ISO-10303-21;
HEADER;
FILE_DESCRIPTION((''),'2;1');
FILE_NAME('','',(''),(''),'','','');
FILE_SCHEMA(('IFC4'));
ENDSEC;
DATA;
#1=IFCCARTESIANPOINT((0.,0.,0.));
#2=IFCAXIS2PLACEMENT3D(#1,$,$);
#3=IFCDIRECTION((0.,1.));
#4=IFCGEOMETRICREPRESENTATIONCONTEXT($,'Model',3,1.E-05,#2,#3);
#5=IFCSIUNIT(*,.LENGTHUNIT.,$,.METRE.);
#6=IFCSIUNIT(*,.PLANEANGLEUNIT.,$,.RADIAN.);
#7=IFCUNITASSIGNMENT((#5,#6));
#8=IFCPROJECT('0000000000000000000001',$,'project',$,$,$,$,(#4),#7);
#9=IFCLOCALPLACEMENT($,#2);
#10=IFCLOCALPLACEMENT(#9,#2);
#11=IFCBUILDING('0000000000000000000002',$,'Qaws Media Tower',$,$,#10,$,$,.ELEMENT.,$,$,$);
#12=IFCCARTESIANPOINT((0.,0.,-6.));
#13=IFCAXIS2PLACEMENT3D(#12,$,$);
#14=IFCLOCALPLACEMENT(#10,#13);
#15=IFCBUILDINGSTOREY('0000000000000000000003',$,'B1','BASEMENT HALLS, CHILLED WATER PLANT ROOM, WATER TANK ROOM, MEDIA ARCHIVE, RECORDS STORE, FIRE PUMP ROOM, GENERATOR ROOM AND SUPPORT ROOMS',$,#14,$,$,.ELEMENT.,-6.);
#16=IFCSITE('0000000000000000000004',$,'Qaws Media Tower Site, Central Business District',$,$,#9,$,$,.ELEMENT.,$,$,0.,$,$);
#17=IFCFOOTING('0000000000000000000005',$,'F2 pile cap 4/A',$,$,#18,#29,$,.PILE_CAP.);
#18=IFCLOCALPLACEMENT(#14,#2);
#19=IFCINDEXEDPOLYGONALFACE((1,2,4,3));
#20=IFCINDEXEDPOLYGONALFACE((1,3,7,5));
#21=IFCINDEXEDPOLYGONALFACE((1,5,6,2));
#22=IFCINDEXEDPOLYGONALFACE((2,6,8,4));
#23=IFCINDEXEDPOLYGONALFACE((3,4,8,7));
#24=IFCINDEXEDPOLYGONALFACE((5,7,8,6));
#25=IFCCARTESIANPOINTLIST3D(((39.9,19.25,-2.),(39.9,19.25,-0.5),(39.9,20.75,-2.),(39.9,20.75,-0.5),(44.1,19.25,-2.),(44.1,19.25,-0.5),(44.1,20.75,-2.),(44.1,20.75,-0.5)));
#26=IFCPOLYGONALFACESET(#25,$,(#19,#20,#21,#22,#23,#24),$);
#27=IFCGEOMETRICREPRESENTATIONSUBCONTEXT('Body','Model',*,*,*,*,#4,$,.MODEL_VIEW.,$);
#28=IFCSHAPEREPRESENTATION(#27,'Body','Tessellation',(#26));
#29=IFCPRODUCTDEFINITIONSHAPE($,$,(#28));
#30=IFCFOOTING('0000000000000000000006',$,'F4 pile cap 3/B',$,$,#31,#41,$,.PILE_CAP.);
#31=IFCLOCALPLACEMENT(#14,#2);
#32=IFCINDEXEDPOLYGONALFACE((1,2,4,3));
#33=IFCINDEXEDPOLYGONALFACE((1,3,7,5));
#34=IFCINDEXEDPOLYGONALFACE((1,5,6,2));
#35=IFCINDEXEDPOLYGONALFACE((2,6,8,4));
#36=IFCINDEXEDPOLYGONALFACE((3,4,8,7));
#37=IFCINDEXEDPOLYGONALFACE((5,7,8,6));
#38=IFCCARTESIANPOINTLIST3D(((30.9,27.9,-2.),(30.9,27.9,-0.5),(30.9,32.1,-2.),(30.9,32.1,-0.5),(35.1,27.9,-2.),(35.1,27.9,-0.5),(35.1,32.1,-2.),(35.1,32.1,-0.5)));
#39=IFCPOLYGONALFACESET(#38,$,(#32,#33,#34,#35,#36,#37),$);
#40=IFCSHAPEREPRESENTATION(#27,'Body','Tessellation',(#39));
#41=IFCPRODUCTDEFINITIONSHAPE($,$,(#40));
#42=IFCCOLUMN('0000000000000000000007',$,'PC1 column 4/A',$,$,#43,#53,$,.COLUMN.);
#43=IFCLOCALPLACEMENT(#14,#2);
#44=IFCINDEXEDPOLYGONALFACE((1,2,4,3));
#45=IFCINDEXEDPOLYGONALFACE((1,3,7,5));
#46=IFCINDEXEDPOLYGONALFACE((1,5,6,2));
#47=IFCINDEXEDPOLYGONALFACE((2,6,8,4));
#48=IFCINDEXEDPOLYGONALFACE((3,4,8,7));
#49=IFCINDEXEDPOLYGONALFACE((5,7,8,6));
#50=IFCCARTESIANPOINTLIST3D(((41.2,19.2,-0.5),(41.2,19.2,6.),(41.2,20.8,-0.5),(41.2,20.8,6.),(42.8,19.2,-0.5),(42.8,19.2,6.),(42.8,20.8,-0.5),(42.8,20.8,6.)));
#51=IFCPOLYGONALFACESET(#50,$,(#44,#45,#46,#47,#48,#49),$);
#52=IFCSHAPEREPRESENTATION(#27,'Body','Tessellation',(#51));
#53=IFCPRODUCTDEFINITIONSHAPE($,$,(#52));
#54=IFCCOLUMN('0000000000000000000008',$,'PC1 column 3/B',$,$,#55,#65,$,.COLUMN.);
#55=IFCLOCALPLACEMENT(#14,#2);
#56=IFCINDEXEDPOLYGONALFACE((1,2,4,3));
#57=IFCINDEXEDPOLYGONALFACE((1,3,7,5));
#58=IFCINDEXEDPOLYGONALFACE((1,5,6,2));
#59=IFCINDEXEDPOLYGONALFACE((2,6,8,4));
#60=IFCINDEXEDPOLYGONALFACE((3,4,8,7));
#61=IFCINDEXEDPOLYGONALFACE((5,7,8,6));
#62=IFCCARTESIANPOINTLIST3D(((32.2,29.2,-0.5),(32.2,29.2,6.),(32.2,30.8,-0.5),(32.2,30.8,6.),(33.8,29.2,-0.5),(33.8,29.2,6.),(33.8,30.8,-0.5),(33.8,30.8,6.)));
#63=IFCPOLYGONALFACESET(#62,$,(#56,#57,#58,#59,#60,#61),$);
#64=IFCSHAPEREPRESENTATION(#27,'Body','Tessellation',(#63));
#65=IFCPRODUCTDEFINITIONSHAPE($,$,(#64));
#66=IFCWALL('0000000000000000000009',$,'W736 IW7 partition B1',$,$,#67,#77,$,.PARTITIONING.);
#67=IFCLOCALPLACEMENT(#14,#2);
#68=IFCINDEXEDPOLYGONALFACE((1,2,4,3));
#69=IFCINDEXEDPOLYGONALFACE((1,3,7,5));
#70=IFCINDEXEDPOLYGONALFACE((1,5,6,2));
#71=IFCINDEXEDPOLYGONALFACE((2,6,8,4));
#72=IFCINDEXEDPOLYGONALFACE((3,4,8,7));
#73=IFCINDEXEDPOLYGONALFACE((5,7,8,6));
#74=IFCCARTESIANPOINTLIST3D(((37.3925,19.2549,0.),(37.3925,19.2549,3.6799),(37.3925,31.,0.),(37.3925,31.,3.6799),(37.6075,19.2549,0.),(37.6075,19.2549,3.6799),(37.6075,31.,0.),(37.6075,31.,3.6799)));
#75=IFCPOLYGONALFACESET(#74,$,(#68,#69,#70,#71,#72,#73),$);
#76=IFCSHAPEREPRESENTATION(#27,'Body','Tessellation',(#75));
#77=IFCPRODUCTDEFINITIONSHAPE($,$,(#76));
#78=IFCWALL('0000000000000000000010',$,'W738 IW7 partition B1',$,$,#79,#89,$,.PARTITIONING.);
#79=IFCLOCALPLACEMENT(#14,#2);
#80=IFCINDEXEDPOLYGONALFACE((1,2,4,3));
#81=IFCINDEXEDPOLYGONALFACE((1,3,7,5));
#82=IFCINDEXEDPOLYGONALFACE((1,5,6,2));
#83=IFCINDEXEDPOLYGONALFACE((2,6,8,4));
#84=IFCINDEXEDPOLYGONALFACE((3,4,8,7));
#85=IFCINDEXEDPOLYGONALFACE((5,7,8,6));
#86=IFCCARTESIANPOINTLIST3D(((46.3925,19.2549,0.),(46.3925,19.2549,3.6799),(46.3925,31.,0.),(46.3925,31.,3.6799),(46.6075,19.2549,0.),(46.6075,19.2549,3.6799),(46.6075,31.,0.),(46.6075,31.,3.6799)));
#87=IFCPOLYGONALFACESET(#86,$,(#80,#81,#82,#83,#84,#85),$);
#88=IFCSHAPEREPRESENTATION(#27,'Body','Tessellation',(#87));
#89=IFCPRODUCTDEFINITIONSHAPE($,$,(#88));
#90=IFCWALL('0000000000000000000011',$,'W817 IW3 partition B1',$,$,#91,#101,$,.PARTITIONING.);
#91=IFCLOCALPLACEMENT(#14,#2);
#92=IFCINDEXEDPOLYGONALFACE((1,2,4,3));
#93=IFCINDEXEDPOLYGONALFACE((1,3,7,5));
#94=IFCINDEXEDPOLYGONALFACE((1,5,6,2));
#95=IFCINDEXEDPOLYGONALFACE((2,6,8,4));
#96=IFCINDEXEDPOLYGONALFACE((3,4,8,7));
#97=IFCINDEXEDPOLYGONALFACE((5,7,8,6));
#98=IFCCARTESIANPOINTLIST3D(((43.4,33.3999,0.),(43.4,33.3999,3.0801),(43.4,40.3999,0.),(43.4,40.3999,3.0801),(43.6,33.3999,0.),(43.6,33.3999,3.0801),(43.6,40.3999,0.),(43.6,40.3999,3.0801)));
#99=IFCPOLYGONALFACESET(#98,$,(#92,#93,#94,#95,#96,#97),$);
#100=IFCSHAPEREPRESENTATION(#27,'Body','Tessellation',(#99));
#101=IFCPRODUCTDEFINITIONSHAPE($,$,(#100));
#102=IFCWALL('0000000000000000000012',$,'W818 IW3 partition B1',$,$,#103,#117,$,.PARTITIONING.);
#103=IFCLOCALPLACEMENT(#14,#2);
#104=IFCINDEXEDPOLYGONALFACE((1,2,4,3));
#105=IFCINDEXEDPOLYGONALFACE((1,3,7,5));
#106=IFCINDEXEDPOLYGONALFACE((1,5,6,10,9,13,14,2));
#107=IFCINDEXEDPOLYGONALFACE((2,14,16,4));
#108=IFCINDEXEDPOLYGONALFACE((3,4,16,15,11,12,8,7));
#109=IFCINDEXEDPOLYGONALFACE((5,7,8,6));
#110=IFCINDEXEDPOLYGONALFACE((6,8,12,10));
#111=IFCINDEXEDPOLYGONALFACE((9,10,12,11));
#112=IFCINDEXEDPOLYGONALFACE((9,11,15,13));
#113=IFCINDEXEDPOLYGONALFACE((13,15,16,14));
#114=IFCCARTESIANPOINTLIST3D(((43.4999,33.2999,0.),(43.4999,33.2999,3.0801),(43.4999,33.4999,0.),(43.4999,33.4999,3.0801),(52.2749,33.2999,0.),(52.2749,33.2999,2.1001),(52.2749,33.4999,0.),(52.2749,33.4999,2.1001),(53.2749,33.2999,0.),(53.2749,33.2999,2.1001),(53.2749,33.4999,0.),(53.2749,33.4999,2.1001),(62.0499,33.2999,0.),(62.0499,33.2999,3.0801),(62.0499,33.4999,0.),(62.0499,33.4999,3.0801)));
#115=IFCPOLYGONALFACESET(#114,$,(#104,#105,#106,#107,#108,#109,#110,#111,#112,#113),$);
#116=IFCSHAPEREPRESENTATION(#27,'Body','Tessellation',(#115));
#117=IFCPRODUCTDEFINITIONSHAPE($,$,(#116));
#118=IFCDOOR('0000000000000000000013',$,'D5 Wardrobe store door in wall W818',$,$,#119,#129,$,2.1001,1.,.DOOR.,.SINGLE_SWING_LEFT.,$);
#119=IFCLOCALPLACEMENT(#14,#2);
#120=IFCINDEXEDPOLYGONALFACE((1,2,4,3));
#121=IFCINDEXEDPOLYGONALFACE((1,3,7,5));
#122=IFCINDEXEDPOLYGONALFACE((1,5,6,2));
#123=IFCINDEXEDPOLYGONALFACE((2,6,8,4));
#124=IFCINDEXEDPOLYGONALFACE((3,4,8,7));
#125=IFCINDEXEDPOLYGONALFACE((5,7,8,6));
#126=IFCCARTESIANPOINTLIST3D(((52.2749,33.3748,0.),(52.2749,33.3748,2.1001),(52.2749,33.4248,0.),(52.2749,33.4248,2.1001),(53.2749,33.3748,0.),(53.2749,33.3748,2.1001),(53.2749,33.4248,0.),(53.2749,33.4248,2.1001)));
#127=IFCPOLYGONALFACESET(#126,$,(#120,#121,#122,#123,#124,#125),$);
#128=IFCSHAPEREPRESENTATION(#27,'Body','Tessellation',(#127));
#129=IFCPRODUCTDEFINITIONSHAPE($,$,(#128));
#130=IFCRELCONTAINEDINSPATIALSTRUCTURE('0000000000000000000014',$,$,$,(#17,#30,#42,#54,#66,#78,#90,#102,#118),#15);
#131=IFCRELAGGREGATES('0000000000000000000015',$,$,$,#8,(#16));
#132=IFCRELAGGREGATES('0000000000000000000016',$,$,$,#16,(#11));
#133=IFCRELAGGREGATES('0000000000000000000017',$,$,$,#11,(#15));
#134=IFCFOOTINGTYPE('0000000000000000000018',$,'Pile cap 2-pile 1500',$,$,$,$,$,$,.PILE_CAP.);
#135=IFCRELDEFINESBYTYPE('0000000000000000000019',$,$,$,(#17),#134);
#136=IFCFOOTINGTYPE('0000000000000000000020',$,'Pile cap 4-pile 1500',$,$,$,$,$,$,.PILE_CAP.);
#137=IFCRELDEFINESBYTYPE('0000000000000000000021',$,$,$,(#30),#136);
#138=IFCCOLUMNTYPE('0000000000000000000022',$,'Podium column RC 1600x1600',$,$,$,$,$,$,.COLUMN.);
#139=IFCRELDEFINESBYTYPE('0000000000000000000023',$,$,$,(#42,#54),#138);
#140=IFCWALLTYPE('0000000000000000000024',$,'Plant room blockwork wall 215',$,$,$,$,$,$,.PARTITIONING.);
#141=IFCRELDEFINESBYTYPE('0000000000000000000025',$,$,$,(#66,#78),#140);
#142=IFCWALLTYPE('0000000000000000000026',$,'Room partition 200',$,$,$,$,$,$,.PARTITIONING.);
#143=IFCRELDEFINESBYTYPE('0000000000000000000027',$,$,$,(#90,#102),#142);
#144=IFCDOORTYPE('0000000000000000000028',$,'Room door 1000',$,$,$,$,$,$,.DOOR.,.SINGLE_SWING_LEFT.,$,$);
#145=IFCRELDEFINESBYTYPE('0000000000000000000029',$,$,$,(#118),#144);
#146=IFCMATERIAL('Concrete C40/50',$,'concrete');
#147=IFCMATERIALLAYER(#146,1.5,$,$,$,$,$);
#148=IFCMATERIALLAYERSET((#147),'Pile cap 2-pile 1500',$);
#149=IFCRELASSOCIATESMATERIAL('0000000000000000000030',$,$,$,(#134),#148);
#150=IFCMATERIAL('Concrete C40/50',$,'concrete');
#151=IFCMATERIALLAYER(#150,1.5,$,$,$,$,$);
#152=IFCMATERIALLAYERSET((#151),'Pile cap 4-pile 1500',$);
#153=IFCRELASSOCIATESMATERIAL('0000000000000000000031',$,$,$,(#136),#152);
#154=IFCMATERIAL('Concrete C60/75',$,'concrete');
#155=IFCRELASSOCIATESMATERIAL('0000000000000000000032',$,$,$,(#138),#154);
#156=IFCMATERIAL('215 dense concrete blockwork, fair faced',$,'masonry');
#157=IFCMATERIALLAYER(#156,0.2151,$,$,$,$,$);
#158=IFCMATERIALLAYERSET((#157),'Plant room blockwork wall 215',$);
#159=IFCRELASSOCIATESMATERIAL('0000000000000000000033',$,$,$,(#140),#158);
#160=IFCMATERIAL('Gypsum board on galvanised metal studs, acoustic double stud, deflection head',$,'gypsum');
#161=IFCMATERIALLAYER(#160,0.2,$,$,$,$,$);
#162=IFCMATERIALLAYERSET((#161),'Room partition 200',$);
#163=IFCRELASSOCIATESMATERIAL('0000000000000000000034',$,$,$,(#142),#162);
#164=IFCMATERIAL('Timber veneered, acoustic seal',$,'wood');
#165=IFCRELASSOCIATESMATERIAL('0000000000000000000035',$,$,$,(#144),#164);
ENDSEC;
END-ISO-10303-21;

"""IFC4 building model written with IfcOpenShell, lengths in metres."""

from ifc_helpers import new_model, si_unit, direction, frame, frame_2d, origin, origin_2d, place, context, subcontext, project, spatial, rectangle, extrude, material, layer, layer_set, material_profile, profile_set, type_object, element, fill, save


model = new_model("IFC4")

# Units and contexts
model_context = context("Model", 3, precision=1e-05, world=origin(), true_north=direction((0.0, 1.0)))
body_context = subcontext(model_context, "Body", "Model", "MODEL_VIEW")
ifc_project = project(units=[si_unit("LENGTHUNIT", "METRE"), si_unit("PLANEANGLEUNIT", "RADIAN")], contexts=[model_context])

# Site, building, storey
site_placement = place(None, origin())
site = spatial("IfcSite", under=ifc_project, at=site_placement, Name="Qaws Media Tower Site, Central Business District", CompositionType="ELEMENT", RefElevation=0.0)
building_placement = place(site_placement, origin())
building = spatial("IfcBuilding", under=site, at=building_placement, Name="Qaws Media Tower", CompositionType="ELEMENT")
storey_placement = place(building_placement, frame((0.0, 0.0, -6.0)))
storey = spatial("IfcBuildingStorey", under=building, at=storey_placement, Name="B1", Description="BASEMENT HALLS, CHILLED WATER PLANT ROOM, WATER TANK ROOM, MEDIA ARCHIVE, RECORDS STORE, FIRE PUMP ROOM, GENERATOR ROOM AND SUPPORT ROOMS", CompositionType="ELEMENT", Elevation=-6.0)

# Footings
ifc_material_1 = material(Name="Concrete C40/50", Category="concrete")
ifc_layer_1 = layer(ifc_material_1, 1.5)
ifc_layer_set_1 = layer_set([ifc_layer_1], Name="Pile cap 2-pile 1500")
footing_type_1 = type_object("IfcFootingType", Name="Pile cap 2-pile 1500", PredefinedType="PILE_CAP", material=ifc_layer_set_1)
footing_1_placement = place(storey_placement, frame((42.0, 20.0, -2.0), z_axis=(0.0, 0.0, 1.0), x_axis=(1.0, 0.0, 0.0)))
element("IfcFooting", 1, at=footing_1_placement, inside=storey, type_object=footing_type_1, Name="F2 pile cap 4/A", PredefinedType="PILE_CAP", context=body_context, shape_type="SweptSolid", body=[
    extrude(rectangle(XDim=4.2, YDim=1.5, at=origin_2d()), origin(), (0.0, 0.0, 1.0), 1.5),
])
ifc_material_2 = material(Name="Concrete C40/50", Category="concrete")
ifc_layer_2 = layer(ifc_material_2, 1.5)
ifc_layer_set_2 = layer_set([ifc_layer_2], Name="Pile cap 4-pile 1500")
footing_type_2 = type_object("IfcFootingType", Name="Pile cap 4-pile 1500", PredefinedType="PILE_CAP", material=ifc_layer_set_2)
footing_2_placement = place(storey_placement, frame((33.0, 30.0, -2.0), z_axis=(0.0, 0.0, 1.0), x_axis=(1.0, 0.0, 0.0)))
element("IfcFooting", 2, at=footing_2_placement, inside=storey, type_object=footing_type_2, Name="F4 pile cap 3/B", PredefinedType="PILE_CAP", context=body_context, shape_type="SweptSolid", body=[
    extrude(rectangle(XDim=4.2, YDim=4.2, at=origin_2d()), origin(), (0.0, 0.0, 1.0), 1.5),
])

# Columns
ifc_material_3 = material(Name="Concrete C60/75", Category="concrete")
ifc_material_profile_1 = material_profile(ifc_material_3, rectangle(XDim=1.6001, YDim=1.6001, at=origin_2d()), Name="RC 1600x1600")
ifc_profile_set_1 = profile_set([ifc_material_profile_1], Name="Concrete C60/75")
column_type = type_object("IfcColumnType", Name="Podium column RC 1600x1600", PredefinedType="COLUMN", material=ifc_profile_set_1)
for number, where, z_axis, x_axis, name in (
    (3, (42.0, 20.0, -0.5), (0.0, 0.0, 1.0), (1.0, 0.0, 0.0), "PC1 column 4/A"),
    (4, (33.0, 30.0, -0.5), (0.0, 0.0, 1.0), (1.0, 0.0, 0.0), "PC1 column 3/B"),
):
    element("IfcColumn", number, at=place(storey_placement, frame(where, z_axis=z_axis, x_axis=x_axis)), inside=storey, type_object=column_type, Name=name, PredefinedType="COLUMN", context=body_context, shape_type="SweptSolid", body=[
        extrude(rectangle(XDim=1.6001, YDim=1.6001, at=origin_2d()), origin(), (0.0, 0.0, 1.0), 6.5),
    ])

# Walls
ifc_material_4 = material(Name="215 dense concrete blockwork, fair faced", Category="masonry")
ifc_layer_3 = layer(ifc_material_4, 0.2151)
ifc_layer_set_3 = layer_set([ifc_layer_3], Name="Plant room blockwork wall 215")
wall_type_1 = type_object("IfcWallType", Name="Plant room blockwork wall 215", PredefinedType="PARTITIONING", material=ifc_layer_set_3)
for number, where, z_axis, x_axis, name in (
    (5, (37.5, 19.2549, 0.0), (0.0, 0.0, 1.0), (0.0, 1.0, 0.0), "W736 IW7 partition B1"),
    (6, (46.5, 19.2549, 0.0), (0.0, 0.0, 1.0), (0.0, 1.0, 0.0), "W738 IW7 partition B1"),
):
    element("IfcWall", number, at=place(storey_placement, frame(where, z_axis=z_axis, x_axis=x_axis)), inside=storey, type_object=wall_type_1, Name=name, PredefinedType="PARTITIONING", context=body_context, shape_type="SweptSolid", body=[
        extrude(rectangle(XDim=11.7451, YDim=0.2151, at=frame_2d((5.8726, 0.0))), origin(), (0.0, 0.0, 1.0), 3.6799),
    ])

# Wall
ifc_material_5 = material(Name="Gypsum board on galvanised metal studs, acoustic double stud, deflection head", Category="gypsum")
ifc_layer_4 = layer(ifc_material_5, 0.2)
ifc_layer_set_4 = layer_set([ifc_layer_4], Name="Room partition 200")
wall_type_2 = type_object("IfcWallType", Name="Room partition 200", PredefinedType="PARTITIONING", material=ifc_layer_set_4)
wall_1_placement = place(storey_placement, frame((43.5, 33.3999, 0.0), z_axis=(0.0, 0.0, 1.0), x_axis=(0.0, 1.0, 0.0)))
element("IfcWall", 7, at=wall_1_placement, inside=storey, type_object=wall_type_2, Name="W817 IW3 partition B1", PredefinedType="PARTITIONING", context=body_context, shape_type="SweptSolid", body=[
    extrude(rectangle(XDim=7.0, YDim=0.2, at=frame_2d((3.5, 0.0))), origin(), (0.0, 0.0, 1.0), 3.0801),
])

# Wall, opening, door
wall_2_placement = place(storey_placement, frame((43.5, 33.3999, 0.0), z_axis=(0.0, 0.0, 1.0), x_axis=(1.0, 0.0, 0.0)))
wall_2 = element("IfcWall", 8, at=wall_2_placement, inside=storey, type_object=wall_type_2, Name="W818 IW3 partition B1", PredefinedType="PARTITIONING", context=body_context, shape_type="SweptSolid", body=[
    extrude(rectangle(XDim=18.55, YDim=0.2, at=frame_2d((9.2749, 0.0))), origin(), (0.0, 0.0, 1.0), 3.0801),
])
opening_1_placement = place(wall_2_placement, frame((8.7749, 0.0, 0.0)))
opening_1 = element("IfcOpeningElement", 9, at=opening_1_placement, cuts=wall_2, PredefinedType="OPENING", context=body_context, shape_type="SweptSolid", body=[
    extrude(rectangle(XDim=1.0, YDim=2.1001, at=frame_2d((0.5, 1.05))), frame((0.0, 0.1099, 0.0), z_axis=(0.0, -1.0, 0.0), x_axis=(1.0, 0.0, 0.0)), (0.0, 0.0, 1.0), 0.22),
])
ifc_material_6 = material(Name="Timber veneered, acoustic seal", Category="wood")
door_type_1 = type_object("IfcDoorType", Name="Room door 1000", OperationType="SINGLE_SWING_LEFT", PredefinedType="DOOR", material=ifc_material_6)
door_1_placement = place(opening_1_placement, origin())
door_1 = element("IfcDoor", 10, at=door_1_placement, inside=storey, type_object=door_type_1, Name="D5 Wardrobe store door in wall W818", OperationType="SINGLE_SWING_LEFT", OverallHeight=2.1001, OverallWidth=1.0, PredefinedType="DOOR", context=body_context, shape_type="SweptSolid", body=[
    extrude(rectangle(XDim=1.0, YDim=2.1001, at=frame_2d((0.5, 1.05))), frame((0.0, 0.0249, 0.0), z_axis=(0.0, -1.0, 0.0), x_axis=(1.0, 0.0, 0.0)), (0.0, 0.0, 1.0), 0.05),
])
fill(opening_1, door_1)

save(model, "model.ifc")
